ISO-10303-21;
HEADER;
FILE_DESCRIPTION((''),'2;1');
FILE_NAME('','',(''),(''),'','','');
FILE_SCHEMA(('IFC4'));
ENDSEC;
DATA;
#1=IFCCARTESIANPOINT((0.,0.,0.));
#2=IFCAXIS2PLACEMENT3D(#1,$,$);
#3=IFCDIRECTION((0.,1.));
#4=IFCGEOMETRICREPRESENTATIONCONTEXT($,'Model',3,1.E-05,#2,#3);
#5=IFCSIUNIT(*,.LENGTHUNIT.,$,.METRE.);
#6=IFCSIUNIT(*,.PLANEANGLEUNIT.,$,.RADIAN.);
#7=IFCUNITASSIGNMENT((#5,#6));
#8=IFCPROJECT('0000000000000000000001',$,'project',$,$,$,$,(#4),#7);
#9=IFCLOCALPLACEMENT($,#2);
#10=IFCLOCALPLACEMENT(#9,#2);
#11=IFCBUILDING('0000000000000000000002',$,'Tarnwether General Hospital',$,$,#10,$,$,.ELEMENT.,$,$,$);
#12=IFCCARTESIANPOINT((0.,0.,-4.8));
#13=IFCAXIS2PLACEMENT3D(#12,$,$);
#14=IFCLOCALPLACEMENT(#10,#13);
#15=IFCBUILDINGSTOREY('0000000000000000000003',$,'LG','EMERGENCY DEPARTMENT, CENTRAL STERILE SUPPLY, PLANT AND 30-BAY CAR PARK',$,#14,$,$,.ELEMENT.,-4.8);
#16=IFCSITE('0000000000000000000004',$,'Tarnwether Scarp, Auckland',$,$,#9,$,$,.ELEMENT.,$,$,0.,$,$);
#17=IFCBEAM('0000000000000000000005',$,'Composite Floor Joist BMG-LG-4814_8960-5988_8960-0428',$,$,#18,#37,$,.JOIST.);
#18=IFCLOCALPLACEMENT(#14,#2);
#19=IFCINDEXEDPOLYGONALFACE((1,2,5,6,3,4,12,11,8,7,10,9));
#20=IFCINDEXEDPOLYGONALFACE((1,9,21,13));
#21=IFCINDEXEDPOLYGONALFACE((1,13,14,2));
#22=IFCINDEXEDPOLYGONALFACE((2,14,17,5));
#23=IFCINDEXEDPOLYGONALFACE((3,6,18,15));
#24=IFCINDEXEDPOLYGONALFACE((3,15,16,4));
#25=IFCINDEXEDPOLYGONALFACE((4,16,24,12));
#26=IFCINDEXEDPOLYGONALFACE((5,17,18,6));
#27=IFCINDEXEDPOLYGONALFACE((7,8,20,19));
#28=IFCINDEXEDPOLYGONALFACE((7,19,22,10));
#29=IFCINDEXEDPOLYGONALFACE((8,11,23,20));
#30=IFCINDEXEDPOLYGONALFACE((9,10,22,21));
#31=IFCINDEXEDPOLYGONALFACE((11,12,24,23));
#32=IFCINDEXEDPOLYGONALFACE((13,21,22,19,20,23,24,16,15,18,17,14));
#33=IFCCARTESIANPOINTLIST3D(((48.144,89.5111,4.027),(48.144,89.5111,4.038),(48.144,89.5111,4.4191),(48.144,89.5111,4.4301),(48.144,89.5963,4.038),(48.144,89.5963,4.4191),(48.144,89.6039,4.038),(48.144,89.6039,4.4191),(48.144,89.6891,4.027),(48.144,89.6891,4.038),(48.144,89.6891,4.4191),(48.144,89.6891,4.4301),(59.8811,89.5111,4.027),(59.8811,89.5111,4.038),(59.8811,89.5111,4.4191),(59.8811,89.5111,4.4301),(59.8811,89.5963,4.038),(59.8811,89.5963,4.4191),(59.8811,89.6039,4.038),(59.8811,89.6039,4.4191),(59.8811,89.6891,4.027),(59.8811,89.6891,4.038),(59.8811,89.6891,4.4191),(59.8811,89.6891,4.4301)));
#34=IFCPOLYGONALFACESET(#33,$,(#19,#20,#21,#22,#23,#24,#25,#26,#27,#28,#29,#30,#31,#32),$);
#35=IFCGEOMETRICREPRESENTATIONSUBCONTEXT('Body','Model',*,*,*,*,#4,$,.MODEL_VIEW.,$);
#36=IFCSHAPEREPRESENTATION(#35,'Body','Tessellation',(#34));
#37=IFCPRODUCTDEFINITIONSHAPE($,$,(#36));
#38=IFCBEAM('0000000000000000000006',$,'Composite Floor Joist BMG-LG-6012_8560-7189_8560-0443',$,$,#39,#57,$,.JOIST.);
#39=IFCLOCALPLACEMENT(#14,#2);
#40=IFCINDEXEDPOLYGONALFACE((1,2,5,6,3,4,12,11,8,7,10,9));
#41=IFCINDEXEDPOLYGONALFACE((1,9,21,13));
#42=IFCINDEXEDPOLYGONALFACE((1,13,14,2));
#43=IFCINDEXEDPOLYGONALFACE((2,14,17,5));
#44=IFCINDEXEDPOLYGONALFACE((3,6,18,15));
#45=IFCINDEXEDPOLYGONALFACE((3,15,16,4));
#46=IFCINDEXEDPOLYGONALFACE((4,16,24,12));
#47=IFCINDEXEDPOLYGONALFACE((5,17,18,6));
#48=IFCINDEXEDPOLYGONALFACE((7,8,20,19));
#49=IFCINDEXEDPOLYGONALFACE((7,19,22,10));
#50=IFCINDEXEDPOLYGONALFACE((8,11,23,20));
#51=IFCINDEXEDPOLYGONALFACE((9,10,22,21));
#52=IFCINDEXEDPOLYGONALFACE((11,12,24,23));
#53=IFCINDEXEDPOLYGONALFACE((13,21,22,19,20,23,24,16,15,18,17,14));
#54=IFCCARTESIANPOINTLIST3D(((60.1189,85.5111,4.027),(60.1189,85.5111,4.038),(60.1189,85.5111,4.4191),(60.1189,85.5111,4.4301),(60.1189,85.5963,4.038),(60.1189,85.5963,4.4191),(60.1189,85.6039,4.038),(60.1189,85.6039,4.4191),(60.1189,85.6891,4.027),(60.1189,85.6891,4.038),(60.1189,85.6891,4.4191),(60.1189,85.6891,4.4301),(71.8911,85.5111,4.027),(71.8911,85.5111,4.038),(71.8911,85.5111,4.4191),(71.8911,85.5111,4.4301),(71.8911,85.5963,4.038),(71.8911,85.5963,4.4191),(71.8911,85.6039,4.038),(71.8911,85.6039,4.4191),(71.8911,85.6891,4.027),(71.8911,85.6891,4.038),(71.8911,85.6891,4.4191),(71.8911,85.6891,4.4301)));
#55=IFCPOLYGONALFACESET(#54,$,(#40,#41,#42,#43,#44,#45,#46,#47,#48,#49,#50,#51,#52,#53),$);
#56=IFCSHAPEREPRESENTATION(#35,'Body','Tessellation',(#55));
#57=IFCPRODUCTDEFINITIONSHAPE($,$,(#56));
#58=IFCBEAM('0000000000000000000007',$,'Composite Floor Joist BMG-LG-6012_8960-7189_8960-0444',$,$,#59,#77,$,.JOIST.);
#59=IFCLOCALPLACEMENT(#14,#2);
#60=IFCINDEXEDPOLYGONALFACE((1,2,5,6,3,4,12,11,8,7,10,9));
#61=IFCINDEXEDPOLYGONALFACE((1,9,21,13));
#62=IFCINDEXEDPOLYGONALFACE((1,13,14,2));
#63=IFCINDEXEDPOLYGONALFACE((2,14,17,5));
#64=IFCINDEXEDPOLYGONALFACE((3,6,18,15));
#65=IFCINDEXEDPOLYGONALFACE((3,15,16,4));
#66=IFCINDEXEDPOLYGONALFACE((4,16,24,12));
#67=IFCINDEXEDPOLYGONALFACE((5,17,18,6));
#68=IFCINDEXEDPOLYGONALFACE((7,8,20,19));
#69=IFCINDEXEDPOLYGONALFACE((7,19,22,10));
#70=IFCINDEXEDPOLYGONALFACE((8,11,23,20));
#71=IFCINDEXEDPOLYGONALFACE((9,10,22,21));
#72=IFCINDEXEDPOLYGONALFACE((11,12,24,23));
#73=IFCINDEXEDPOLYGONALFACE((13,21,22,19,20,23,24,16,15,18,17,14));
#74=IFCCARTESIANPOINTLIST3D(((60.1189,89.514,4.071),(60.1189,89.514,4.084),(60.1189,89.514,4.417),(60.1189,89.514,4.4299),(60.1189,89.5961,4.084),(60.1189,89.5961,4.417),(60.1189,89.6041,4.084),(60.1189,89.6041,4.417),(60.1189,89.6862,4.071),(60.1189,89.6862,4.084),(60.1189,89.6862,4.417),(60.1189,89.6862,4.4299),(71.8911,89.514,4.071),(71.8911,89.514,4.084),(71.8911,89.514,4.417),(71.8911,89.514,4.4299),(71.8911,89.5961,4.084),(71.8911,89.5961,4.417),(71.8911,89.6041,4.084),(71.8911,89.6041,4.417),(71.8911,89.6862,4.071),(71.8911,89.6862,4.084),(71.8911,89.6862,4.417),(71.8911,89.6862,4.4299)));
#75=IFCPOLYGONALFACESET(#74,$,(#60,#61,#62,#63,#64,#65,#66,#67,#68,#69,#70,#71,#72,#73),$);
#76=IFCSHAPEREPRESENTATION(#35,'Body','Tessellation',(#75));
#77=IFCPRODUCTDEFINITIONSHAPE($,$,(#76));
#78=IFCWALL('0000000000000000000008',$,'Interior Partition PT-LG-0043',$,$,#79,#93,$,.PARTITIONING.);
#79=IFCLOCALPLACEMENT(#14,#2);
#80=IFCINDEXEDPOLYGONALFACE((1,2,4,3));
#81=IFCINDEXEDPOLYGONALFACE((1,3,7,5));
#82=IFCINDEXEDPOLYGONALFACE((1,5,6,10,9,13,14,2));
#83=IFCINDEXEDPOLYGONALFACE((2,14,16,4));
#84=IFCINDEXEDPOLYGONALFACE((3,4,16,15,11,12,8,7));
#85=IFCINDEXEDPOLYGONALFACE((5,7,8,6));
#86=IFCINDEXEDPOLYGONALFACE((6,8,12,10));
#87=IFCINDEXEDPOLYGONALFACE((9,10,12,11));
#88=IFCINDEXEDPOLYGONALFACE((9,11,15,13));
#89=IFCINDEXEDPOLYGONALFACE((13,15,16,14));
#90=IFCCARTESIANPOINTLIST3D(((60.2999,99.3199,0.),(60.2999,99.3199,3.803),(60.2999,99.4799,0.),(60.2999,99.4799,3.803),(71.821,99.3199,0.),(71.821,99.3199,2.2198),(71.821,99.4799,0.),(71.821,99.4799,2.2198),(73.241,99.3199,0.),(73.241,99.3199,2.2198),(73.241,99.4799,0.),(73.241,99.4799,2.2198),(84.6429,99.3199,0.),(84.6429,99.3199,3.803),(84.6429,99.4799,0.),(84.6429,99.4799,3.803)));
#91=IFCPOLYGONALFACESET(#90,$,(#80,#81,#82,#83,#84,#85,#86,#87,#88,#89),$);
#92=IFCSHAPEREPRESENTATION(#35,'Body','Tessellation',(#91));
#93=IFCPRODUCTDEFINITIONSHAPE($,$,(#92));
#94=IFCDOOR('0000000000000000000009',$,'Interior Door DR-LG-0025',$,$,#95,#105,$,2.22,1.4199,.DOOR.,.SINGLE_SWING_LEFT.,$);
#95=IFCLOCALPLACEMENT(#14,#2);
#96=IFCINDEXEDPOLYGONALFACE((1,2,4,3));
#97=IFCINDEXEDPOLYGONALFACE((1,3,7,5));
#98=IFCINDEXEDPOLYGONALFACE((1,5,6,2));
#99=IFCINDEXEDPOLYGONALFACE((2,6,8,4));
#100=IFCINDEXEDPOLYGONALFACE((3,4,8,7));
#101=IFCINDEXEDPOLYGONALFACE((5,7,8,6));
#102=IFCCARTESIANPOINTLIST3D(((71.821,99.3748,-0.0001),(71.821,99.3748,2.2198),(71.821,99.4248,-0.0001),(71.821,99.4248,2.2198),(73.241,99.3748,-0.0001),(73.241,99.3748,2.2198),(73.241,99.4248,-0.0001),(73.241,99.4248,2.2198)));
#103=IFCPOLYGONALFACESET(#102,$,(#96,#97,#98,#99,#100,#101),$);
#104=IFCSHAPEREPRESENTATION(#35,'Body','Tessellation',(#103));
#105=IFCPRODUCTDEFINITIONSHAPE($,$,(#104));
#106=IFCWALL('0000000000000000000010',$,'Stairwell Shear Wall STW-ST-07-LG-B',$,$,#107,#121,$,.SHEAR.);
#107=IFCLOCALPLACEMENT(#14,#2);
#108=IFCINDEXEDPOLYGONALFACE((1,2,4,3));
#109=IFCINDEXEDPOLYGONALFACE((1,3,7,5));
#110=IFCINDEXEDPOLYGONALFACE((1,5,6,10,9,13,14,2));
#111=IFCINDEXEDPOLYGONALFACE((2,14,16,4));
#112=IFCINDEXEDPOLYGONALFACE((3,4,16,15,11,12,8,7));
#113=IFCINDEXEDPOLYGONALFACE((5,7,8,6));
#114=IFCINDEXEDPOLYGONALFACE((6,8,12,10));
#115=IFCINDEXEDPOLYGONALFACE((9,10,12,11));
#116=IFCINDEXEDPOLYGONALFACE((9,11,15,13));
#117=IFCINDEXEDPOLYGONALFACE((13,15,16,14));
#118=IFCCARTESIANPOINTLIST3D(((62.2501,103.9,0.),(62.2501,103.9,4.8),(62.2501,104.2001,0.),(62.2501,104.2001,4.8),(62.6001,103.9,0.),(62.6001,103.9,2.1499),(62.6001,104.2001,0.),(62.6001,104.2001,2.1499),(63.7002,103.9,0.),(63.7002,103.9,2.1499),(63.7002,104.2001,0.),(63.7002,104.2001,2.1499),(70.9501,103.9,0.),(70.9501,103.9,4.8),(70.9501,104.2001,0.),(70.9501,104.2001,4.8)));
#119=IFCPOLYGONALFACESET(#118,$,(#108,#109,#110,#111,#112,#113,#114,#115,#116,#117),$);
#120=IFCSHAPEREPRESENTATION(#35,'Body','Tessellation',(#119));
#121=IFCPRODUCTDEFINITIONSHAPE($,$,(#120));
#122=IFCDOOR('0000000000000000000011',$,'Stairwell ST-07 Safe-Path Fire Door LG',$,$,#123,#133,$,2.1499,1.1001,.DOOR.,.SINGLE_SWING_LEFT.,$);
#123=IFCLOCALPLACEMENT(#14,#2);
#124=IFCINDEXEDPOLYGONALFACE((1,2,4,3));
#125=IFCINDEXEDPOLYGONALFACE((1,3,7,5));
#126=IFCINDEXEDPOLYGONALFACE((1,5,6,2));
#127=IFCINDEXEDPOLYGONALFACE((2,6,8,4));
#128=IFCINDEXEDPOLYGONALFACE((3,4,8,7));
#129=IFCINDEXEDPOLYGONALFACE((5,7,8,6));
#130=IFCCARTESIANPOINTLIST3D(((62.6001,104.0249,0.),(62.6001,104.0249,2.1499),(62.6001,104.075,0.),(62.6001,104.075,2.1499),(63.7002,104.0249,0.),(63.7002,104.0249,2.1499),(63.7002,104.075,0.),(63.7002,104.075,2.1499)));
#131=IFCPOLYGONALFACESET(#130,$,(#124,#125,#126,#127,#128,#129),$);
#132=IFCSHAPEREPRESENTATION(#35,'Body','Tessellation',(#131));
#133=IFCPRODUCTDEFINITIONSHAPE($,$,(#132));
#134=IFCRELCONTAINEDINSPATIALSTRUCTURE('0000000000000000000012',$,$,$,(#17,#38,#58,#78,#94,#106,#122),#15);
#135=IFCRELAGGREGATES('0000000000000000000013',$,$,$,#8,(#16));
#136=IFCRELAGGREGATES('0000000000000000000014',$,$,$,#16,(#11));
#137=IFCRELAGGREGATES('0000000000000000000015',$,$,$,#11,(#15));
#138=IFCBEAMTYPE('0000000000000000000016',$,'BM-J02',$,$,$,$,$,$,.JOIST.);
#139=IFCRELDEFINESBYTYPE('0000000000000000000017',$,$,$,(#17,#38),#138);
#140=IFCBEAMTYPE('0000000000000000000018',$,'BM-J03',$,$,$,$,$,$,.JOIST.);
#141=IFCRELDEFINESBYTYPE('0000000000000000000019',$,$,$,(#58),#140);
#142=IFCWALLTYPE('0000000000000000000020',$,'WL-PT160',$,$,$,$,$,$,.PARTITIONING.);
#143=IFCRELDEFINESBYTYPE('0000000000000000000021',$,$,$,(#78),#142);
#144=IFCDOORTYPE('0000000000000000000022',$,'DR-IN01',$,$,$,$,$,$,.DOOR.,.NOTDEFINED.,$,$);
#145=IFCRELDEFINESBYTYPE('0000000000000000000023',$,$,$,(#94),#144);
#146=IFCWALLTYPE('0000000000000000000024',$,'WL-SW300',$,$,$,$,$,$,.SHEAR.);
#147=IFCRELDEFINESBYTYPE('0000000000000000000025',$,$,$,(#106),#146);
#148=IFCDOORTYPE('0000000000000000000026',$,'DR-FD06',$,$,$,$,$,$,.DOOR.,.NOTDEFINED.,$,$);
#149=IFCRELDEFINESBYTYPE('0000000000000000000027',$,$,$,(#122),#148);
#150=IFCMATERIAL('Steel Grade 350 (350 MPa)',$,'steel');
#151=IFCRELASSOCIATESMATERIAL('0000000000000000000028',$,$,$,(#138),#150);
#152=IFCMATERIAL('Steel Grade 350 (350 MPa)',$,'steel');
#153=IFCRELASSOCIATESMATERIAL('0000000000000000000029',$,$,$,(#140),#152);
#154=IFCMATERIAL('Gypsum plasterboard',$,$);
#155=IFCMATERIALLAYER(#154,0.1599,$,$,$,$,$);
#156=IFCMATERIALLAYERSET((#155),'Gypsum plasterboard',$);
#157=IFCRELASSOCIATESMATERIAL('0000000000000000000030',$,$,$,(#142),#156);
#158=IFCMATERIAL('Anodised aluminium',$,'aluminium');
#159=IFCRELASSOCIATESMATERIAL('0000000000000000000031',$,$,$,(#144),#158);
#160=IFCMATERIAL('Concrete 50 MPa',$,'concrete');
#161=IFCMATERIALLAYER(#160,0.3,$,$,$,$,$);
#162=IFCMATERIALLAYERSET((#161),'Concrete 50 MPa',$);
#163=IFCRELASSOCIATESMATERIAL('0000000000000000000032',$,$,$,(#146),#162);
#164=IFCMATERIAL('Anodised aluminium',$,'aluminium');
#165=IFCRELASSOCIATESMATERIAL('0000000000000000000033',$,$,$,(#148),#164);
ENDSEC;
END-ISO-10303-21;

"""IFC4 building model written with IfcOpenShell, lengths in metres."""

from ifc_helpers import new_model, si_unit, direction, frame, frame_2d, origin, origin_2d, place, context, subcontext, project, spatial, rectangle, i_section, extrude, material, layer, layer_set, material_profile, profile_set, type_object, element, fill, save


model = new_model("IFC4")

# Units and contexts
model_context = context("Model", 3, precision=1e-05, world=origin(), true_north=direction((0.0, 1.0)))
body_context = subcontext(model_context, "Body", "Model", "MODEL_VIEW")
ifc_project = project(units=[si_unit("LENGTHUNIT", "METRE"), si_unit("PLANEANGLEUNIT", "RADIAN")], contexts=[model_context])

# Site, building, storey
site_placement = place(None, origin())
site = spatial("IfcSite", under=ifc_project, at=site_placement, Name="Tarnwether Scarp, Auckland", CompositionType="ELEMENT", RefElevation=0.0)
building_placement = place(site_placement, origin())
building = spatial("IfcBuilding", under=site, at=building_placement, Name="Tarnwether General Hospital", CompositionType="ELEMENT")
storey_placement = place(building_placement, frame((0.0, 0.0, -4.8)))
storey = spatial("IfcBuildingStorey", under=building, at=storey_placement, Name="LG", Description="EMERGENCY DEPARTMENT, CENTRAL STERILE SUPPLY, PLANT AND 30-BAY CAR PARK", CompositionType="ELEMENT", Elevation=-4.8)

# Beams
ifc_material_1 = material(Name="Steel Grade 350 (350 MPa)", Category="steel")
ifc_material_profile_1 = material_profile(ifc_material_1, i_section(OverallWidth=0.178, OverallDepth=0.4031, WebThickness=0.0076, FlangeThickness=0.011, at=origin_2d()), Name="410UB53.7")
ifc_profile_set_1 = profile_set([ifc_material_profile_1], Name="Steel Grade 350 (350 MPa)")
beam_type_1 = type_object("IfcBeamType", Name="BM-J02", PredefinedType="JOIST", material=ifc_profile_set_1)
beam_1_placement = place(storey_placement, frame((48.144, 89.6001, 4.2285), z_axis=(1.0, 0.0, 0.0), x_axis=(0.0, 1.0, 0.0)))
element("IfcBeam", 1, at=beam_1_placement, inside=storey, type_object=beam_type_1, Name="Composite Floor Joist BMG-LG-4814_8960-5988_8960-0428", PredefinedType="JOIST", context=body_context, shape_type="SweptSolid", body=[
    extrude(i_section(OverallWidth=0.178, OverallDepth=0.4031, WebThickness=0.0076, FlangeThickness=0.011, at=origin_2d()), origin(), (0.0, 0.0, 1.0), 11.7371),
])
beam_2_placement = place(storey_placement, frame((60.1189, 85.6001, 4.2285), z_axis=(1.0, 0.0, 0.0), x_axis=(0.0, 1.0, 0.0)))
element("IfcBeam", 2, at=beam_2_placement, inside=storey, type_object=beam_type_1, Name="Composite Floor Joist BMG-LG-6012_8560-7189_8560-0443", PredefinedType="JOIST", context=body_context, shape_type="SweptSolid", body=[
    extrude(i_section(OverallWidth=0.178, OverallDepth=0.4031, WebThickness=0.0076, FlangeThickness=0.011, at=origin_2d()), origin(), (0.0, 0.0, 1.0), 11.7722),
])
ifc_material_2 = material(Name="Steel Grade 350 (350 MPa)", Category="steel")
ifc_material_profile_2 = material_profile(ifc_material_2, i_section(OverallWidth=0.1721, OverallDepth=0.3589, WebThickness=0.0081, FlangeThickness=0.0129, at=origin_2d()), Name="360UB56.7")
ifc_profile_set_2 = profile_set([ifc_material_profile_2], Name="Steel Grade 350 (350 MPa)")
beam_type_2 = type_object("IfcBeamType", Name="BM-J03", PredefinedType="JOIST", material=ifc_profile_set_2)
beam_3_placement = place(storey_placement, frame((60.1189, 89.6001, 4.2505), z_axis=(1.0, 0.0, 0.0), x_axis=(0.0, 1.0, 0.0)))
element("IfcBeam", 3, at=beam_3_placement, inside=storey, type_object=beam_type_2, Name="Composite Floor Joist BMG-LG-6012_8960-7189_8960-0444", PredefinedType="JOIST", context=body_context, shape_type="SweptSolid", body=[
    extrude(i_section(OverallWidth=0.1721, OverallDepth=0.3589, WebThickness=0.0081, FlangeThickness=0.0129, at=origin_2d()), origin(), (0.0, 0.0, 1.0), 11.7722),
])

# Walls, openings, doors
ifc_material_3 = material(Name="Gypsum plasterboard")
ifc_layer_1 = layer(ifc_material_3, 0.1599)
ifc_layer_set_1 = layer_set([ifc_layer_1], Name="Gypsum plasterboard")
wall_type_1 = type_object("IfcWallType", Name="WL-PT160", PredefinedType="PARTITIONING", material=ifc_layer_set_1)
wall_1_placement = place(storey_placement, frame((60.3, 99.3999, 0.0), z_axis=(0.0, 0.0, 1.0), x_axis=(1.0, 0.0, 0.0)))
wall_1 = element("IfcWall", 4, at=wall_1_placement, inside=storey, type_object=wall_type_1, Name="Interior Partition PT-LG-0043", PredefinedType="PARTITIONING", context=body_context, shape_type="SweptSolid", body=[
    extrude(rectangle(XDim=24.343, YDim=0.1599, at=frame_2d((12.1714, 0.0))), origin(), (0.0, 0.0, 1.0), 3.803),
])
opening_1_placement = place(wall_1_placement, frame((11.521, 0.0, 0.0)))
opening_1 = element("IfcOpeningElement", 5, at=opening_1_placement, cuts=wall_1, PredefinedType="OPENING", context=body_context, shape_type="SweptSolid", body=[
    extrude(rectangle(XDim=1.4199, YDim=2.22, at=frame_2d((0.71, 1.1099))), frame((0.0, 0.0898, 0.0), z_axis=(0.0, -1.0, 0.0), x_axis=(1.0, 0.0, 0.0)), (0.0, 0.0, 1.0), 0.1799),
])
ifc_material_4 = material(Name="Anodised aluminium", Category="aluminium")
door_type_1 = type_object("IfcDoorType", Name="DR-IN01", OperationType="NOTDEFINED", PredefinedType="DOOR", material=ifc_material_4)
door_1_placement = place(opening_1_placement, origin())
door_1 = element("IfcDoor", 6, at=door_1_placement, inside=storey, type_object=door_type_1, Name="Interior Door DR-LG-0025", OperationType="SINGLE_SWING_LEFT", OverallHeight=2.22, OverallWidth=1.4199, PredefinedType="DOOR", context=body_context, shape_type="SweptSolid", body=[
    extrude(rectangle(XDim=1.4199, YDim=2.22, at=frame_2d((0.71, 1.1099))), frame((0.0, 0.0249, 0.0), z_axis=(0.0, -1.0, 0.0), x_axis=(1.0, 0.0, 0.0)), (0.0, 0.0, 1.0), 0.05),
])
fill(opening_1, door_1)
ifc_material_5 = material(Name="Concrete 50 MPa", Category="concrete")
ifc_layer_2 = layer(ifc_material_5, 0.3)
ifc_layer_set_2 = layer_set([ifc_layer_2], Name="Concrete 50 MPa")
wall_type_2 = type_object("IfcWallType", Name="WL-SW300", PredefinedType="SHEAR", material=ifc_layer_set_2)
wall_2_placement = place(storey_placement, frame((62.25, 104.05, 0.0), z_axis=(0.0, 0.0, 1.0), x_axis=(1.0, 0.0, 0.0)))
wall_2 = element("IfcWall", 7, at=wall_2_placement, inside=storey, type_object=wall_type_2, Name="Stairwell Shear Wall STW-ST-07-LG-B", PredefinedType="SHEAR", context=body_context, shape_type="SweptSolid", body=[
    extrude(rectangle(XDim=8.7, YDim=0.3, at=frame_2d((4.3501, 0.0))), origin(), (0.0, 0.0, 1.0), 4.8),
])
opening_2_placement = place(wall_2_placement, frame((0.3501, 0.0, 0.0)))
opening_2 = element("IfcOpeningElement", 8, at=opening_2_placement, cuts=wall_2, PredefinedType="OPENING", context=body_context, shape_type="SweptSolid", body=[
    extrude(rectangle(XDim=1.1001, YDim=2.1499, at=frame_2d((0.55, 1.075))), frame((0.0, 0.1602, 0.0), z_axis=(0.0, -1.0, 0.0), x_axis=(1.0, 0.0, 0.0)), (0.0, 0.0, 1.0), 0.3201),
])
ifc_material_6 = material(Name="Anodised aluminium", Category="aluminium")
door_type_2 = type_object("IfcDoorType", Name="DR-FD06", OperationType="NOTDEFINED", PredefinedType="DOOR", material=ifc_material_6)
door_2_placement = place(opening_2_placement, origin())
door_2 = element("IfcDoor", 9, at=door_2_placement, inside=storey, type_object=door_type_2, Name="Stairwell ST-07 Safe-Path Fire Door LG", OperationType="SINGLE_SWING_LEFT", OverallHeight=2.1499, OverallWidth=1.1001, PredefinedType="DOOR", context=body_context, shape_type="SweptSolid", body=[
    extrude(rectangle(XDim=1.1001, YDim=2.1499, at=frame_2d((0.55, 1.075))), frame((0.0, 0.0249, 0.0), z_axis=(0.0, -1.0, 0.0), x_axis=(1.0, 0.0, 0.0)), (0.0, 0.0, 1.0), 0.05),
])
fill(opening_2, door_2)

save(model, "model.ifc")
